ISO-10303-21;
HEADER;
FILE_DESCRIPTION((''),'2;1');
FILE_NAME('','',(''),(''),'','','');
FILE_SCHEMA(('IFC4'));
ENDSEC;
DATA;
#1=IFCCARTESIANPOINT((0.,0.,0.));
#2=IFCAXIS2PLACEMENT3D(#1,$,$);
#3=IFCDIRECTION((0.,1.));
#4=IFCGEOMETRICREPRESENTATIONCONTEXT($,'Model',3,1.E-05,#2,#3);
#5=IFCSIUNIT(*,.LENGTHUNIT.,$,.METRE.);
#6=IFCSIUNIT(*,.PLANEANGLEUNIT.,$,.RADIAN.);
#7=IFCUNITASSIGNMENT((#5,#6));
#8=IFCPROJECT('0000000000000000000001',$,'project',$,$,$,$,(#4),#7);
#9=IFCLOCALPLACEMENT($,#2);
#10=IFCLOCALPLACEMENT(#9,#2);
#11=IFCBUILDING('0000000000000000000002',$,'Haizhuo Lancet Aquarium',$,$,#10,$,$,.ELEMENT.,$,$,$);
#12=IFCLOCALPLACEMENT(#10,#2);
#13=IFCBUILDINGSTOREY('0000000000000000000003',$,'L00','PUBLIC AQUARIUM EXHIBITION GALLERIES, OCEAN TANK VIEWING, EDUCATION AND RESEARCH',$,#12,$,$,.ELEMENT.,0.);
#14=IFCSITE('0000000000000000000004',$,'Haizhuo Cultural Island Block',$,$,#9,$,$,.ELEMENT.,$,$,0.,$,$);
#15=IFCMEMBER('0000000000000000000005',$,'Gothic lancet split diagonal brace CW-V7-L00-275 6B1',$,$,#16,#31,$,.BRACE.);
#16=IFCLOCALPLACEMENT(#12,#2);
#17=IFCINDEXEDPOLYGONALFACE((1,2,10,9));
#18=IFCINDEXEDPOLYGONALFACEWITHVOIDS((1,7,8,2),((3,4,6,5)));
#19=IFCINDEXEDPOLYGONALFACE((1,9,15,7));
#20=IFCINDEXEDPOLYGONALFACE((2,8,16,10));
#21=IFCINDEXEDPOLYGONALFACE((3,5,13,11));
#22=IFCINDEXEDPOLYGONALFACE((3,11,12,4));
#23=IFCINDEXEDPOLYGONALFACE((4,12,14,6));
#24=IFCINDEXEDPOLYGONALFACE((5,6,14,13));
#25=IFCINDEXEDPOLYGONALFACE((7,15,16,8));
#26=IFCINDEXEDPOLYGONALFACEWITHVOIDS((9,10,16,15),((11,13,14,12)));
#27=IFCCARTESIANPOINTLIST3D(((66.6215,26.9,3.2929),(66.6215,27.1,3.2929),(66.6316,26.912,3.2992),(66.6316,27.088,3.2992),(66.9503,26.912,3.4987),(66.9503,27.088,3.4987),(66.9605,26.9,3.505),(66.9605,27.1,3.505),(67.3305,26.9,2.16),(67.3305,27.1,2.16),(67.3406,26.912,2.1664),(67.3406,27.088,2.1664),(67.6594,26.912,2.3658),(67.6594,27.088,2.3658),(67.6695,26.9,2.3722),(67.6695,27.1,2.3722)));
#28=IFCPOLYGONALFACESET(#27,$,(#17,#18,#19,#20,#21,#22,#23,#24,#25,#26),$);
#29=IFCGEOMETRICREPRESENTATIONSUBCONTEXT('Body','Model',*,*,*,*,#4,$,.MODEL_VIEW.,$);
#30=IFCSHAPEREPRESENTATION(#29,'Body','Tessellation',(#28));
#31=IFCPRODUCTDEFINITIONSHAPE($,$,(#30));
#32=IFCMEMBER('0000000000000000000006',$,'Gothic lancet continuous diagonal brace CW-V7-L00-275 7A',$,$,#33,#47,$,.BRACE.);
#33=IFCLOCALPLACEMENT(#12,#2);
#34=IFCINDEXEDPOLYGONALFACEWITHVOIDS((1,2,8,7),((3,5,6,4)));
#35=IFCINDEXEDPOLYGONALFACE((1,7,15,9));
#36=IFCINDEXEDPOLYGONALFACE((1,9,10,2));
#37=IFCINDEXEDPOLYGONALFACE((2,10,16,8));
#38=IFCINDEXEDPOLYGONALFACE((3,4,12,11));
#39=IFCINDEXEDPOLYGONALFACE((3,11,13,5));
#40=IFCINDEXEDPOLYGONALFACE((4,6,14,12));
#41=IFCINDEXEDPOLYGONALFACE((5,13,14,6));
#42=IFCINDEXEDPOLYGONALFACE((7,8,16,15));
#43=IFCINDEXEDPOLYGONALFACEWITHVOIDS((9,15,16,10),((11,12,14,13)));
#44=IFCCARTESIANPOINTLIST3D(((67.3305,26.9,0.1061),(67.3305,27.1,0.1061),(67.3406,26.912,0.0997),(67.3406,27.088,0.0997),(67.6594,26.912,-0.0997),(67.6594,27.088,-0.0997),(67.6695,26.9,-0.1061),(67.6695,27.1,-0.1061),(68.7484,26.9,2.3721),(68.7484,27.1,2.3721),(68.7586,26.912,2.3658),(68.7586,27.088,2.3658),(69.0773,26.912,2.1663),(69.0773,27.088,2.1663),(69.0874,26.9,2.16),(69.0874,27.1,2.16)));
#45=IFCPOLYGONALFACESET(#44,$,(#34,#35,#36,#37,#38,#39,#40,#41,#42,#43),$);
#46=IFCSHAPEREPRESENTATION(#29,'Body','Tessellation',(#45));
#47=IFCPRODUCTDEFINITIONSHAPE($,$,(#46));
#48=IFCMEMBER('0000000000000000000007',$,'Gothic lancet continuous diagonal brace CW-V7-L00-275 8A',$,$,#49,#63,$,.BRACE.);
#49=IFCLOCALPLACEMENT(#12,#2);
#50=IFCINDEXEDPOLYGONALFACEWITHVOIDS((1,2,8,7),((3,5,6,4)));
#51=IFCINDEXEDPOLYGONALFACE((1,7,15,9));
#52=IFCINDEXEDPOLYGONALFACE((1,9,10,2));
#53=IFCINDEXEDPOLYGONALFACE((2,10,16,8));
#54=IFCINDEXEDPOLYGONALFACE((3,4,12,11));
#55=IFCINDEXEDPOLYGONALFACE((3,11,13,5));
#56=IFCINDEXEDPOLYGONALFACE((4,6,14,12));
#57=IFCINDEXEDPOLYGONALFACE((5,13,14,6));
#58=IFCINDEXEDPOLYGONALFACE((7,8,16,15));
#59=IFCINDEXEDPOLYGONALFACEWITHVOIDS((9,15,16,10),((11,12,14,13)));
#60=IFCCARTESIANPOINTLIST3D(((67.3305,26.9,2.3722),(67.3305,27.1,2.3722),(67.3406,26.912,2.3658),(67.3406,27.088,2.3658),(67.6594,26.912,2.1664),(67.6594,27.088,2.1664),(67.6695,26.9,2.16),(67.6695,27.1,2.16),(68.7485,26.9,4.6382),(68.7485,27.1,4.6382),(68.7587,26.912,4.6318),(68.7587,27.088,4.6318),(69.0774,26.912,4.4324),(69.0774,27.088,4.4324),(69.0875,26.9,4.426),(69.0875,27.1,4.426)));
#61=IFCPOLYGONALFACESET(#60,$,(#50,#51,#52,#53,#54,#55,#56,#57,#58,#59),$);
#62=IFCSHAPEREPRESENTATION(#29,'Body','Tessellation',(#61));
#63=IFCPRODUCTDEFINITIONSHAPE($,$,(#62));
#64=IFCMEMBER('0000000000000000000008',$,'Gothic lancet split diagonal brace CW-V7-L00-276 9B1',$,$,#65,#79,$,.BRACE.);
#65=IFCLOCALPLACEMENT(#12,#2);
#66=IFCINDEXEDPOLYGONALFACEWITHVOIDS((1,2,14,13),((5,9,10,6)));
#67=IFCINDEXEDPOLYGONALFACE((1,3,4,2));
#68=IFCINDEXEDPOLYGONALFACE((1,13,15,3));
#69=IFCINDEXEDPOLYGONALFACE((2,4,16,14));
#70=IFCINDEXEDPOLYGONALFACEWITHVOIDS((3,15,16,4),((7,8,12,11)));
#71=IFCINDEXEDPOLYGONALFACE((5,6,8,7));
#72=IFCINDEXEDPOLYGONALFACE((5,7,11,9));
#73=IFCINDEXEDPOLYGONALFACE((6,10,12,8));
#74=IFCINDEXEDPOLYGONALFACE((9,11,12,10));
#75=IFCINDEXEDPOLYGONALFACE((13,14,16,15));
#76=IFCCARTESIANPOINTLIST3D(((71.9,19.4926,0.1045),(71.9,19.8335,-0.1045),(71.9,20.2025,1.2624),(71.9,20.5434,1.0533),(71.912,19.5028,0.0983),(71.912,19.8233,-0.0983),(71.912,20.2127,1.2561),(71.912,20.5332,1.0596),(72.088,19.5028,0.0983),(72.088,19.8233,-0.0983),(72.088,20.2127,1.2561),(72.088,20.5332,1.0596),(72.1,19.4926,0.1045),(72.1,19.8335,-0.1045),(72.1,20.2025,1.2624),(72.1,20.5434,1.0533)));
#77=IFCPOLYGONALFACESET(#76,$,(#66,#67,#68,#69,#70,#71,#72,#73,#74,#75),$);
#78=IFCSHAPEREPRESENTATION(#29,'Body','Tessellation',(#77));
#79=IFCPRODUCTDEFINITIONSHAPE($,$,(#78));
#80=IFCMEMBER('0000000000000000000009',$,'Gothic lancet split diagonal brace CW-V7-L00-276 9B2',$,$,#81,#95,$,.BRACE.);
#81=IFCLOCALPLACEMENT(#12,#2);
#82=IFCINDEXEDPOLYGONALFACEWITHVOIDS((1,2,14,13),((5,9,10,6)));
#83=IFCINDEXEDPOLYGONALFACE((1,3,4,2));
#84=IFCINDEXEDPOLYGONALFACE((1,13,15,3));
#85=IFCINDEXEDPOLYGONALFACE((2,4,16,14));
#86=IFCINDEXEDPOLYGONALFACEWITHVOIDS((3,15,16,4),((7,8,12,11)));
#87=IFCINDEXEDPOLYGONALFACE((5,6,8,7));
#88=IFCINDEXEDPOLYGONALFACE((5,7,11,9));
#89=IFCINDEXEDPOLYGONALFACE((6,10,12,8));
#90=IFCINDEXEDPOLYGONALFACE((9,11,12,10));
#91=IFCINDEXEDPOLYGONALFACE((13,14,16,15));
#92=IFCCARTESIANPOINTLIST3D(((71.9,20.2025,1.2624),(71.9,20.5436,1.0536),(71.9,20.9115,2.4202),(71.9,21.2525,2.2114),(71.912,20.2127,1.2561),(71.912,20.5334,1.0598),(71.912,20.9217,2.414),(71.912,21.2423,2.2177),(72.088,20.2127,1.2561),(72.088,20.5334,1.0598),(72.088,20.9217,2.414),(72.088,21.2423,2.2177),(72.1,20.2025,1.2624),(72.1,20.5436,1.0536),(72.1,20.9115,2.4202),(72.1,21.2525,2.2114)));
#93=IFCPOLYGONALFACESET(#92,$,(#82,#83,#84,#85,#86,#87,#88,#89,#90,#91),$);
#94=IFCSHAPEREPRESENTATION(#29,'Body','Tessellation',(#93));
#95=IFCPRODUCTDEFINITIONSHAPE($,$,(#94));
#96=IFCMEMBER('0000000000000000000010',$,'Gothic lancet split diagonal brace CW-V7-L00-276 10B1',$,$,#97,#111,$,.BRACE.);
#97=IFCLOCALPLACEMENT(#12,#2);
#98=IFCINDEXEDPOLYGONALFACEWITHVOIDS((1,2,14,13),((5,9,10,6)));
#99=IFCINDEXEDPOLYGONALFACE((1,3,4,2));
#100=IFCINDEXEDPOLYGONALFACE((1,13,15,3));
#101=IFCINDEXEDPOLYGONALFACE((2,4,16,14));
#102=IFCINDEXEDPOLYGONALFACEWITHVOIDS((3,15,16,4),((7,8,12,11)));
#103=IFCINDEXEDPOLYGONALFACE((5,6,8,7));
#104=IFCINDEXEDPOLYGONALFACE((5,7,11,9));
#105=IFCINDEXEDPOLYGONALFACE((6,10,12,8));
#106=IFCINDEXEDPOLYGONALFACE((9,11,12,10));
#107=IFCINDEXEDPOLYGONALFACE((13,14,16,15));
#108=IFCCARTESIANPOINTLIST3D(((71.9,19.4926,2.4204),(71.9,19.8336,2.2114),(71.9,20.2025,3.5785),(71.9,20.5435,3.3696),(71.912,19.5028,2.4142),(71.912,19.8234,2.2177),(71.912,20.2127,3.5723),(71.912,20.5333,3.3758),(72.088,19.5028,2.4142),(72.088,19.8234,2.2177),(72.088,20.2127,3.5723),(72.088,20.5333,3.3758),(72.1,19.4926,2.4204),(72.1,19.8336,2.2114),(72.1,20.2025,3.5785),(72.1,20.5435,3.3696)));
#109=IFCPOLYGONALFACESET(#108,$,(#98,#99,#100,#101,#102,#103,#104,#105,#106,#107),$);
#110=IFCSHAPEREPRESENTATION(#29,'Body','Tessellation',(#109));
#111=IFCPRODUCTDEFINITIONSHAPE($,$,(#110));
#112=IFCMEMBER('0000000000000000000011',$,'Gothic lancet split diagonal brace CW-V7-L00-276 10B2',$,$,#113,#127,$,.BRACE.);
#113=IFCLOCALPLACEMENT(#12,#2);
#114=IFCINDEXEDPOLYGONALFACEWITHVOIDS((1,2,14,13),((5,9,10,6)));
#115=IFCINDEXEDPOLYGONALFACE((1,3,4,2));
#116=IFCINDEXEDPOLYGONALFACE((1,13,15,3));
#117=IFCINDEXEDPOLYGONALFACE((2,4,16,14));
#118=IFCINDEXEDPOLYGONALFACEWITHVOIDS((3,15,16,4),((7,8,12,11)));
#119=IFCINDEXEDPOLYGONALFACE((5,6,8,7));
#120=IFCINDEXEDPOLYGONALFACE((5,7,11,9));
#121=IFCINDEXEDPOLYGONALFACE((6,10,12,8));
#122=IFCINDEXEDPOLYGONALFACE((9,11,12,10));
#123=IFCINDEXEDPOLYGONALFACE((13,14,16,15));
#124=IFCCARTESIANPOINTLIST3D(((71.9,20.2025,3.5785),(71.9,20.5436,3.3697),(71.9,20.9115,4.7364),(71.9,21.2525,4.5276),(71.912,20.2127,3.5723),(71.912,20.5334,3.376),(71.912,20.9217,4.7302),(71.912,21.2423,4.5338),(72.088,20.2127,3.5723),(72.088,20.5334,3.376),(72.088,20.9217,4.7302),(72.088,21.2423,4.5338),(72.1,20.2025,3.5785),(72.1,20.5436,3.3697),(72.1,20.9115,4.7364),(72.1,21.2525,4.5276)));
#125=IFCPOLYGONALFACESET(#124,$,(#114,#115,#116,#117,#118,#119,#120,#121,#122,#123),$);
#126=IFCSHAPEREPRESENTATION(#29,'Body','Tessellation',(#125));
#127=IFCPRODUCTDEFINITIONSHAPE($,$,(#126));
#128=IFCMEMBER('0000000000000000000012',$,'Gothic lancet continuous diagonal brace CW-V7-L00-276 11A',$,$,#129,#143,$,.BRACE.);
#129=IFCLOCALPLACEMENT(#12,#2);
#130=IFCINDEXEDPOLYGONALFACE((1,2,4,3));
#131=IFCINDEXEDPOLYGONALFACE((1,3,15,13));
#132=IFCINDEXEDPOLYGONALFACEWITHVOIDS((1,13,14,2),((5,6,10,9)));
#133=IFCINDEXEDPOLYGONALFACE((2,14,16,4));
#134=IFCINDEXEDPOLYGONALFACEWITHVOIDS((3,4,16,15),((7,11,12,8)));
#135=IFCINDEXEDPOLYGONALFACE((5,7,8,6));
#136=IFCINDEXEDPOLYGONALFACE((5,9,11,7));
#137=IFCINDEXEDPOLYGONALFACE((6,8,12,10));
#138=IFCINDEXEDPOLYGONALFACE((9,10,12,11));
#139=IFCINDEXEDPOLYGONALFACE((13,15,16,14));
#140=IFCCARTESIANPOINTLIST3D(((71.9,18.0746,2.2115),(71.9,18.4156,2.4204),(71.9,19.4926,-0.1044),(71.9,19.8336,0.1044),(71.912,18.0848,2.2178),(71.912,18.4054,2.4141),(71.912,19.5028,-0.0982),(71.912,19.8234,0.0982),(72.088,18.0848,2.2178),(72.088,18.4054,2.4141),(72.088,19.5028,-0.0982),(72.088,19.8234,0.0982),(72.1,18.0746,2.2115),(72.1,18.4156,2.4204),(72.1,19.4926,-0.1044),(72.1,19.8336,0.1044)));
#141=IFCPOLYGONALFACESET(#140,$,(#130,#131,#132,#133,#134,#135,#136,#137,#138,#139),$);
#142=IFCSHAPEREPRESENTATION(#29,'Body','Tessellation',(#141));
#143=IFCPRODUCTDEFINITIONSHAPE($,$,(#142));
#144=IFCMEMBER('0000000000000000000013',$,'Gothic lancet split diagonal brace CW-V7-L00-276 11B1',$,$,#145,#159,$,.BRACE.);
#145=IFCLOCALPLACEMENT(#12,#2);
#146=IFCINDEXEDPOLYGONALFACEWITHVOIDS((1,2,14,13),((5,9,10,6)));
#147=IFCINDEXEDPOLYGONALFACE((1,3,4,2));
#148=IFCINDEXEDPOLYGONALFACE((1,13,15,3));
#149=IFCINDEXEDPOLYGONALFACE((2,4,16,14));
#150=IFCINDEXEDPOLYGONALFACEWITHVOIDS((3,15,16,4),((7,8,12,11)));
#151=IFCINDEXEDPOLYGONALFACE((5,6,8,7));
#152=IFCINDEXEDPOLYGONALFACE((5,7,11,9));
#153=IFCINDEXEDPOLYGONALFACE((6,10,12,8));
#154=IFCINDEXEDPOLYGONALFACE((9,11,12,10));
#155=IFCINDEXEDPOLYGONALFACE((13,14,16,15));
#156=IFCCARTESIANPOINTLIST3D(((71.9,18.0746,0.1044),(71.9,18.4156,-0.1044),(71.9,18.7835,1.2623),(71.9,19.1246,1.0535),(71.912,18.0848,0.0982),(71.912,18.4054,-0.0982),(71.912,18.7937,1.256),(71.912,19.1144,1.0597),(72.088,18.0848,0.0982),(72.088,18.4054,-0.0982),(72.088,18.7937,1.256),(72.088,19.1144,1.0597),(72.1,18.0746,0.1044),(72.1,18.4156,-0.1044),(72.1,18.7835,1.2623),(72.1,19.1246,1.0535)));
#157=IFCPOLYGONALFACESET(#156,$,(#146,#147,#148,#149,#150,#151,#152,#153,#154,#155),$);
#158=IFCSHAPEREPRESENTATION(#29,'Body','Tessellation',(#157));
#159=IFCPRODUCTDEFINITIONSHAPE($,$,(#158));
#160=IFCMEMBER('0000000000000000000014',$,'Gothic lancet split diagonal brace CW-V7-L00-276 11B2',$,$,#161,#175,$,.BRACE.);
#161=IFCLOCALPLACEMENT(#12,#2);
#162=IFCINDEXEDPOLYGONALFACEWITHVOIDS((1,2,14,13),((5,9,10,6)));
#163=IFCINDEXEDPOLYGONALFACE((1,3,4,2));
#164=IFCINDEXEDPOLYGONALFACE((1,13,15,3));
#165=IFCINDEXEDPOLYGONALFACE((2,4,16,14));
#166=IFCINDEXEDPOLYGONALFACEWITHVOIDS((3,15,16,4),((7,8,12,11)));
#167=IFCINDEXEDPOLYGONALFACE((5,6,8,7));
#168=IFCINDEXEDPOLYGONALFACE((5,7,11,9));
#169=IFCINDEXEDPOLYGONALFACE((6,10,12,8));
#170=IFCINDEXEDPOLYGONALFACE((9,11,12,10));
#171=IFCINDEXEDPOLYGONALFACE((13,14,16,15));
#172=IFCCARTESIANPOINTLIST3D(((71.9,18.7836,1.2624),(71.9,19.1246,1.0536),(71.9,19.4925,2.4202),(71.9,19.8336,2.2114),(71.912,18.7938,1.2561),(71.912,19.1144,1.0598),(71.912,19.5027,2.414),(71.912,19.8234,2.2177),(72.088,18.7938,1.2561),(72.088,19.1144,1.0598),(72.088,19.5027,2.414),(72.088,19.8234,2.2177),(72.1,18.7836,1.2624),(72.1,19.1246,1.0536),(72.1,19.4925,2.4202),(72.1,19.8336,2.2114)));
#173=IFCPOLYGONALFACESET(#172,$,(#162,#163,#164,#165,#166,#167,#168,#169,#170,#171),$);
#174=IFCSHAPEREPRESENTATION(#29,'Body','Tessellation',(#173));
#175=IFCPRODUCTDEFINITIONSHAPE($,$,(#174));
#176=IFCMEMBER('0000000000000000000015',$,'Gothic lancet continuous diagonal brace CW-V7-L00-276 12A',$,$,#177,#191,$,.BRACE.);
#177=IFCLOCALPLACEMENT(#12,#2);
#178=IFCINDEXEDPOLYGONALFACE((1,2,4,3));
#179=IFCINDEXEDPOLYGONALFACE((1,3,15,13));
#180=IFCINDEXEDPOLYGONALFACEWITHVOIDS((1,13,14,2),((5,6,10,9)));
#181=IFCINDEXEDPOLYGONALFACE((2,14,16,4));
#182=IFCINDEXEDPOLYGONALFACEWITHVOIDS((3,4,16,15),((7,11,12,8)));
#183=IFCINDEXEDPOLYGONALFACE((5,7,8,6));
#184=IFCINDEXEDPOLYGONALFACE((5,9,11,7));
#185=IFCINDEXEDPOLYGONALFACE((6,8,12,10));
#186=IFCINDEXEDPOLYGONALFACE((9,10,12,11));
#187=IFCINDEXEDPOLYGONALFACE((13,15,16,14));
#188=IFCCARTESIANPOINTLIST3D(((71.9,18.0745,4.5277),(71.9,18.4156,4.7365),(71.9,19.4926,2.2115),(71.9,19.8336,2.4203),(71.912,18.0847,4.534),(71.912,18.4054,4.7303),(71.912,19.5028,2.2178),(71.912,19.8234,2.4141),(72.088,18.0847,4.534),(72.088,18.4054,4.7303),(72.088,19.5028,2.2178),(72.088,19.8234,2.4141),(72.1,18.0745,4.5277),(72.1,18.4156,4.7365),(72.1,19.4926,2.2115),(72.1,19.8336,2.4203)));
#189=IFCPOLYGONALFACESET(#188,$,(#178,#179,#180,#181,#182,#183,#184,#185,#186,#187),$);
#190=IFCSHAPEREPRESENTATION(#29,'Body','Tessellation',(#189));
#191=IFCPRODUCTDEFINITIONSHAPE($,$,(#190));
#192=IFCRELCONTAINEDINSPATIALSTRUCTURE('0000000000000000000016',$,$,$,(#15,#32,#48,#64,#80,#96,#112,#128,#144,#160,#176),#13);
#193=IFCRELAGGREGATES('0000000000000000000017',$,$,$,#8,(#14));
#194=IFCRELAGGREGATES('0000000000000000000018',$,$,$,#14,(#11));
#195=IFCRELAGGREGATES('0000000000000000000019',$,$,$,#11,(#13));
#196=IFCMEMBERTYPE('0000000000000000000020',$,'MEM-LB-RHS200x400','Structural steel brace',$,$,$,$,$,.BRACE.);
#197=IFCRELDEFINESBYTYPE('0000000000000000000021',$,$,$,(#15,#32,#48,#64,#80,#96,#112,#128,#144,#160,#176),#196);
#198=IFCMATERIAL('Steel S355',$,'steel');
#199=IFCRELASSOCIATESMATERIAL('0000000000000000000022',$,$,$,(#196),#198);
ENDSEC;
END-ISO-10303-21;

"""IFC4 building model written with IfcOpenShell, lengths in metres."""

from ifc_helpers import new_model, si_unit, direction, frame, origin, origin_2d, place, context, subcontext, project, spatial, hollow_rectangle, extrude, material, material_profile, profile_set, type_object, element, save


model = new_model("IFC4")

# Units and contexts
model_context = context("Model", 3, precision=1e-05, world=origin(), true_north=direction((0.0, 1.0)))
body_context = subcontext(model_context, "Body", "Model", "MODEL_VIEW")
ifc_project = project(units=[si_unit("LENGTHUNIT", "METRE"), si_unit("PLANEANGLEUNIT", "RADIAN")], contexts=[model_context])

# Site, building, storey
site_placement = place(None, origin())
site = spatial("IfcSite", under=ifc_project, at=site_placement, Name="Haizhuo Cultural Island Block", CompositionType="ELEMENT", RefElevation=0.0)
building_placement = place(site_placement, origin())
building = spatial("IfcBuilding", under=site, at=building_placement, Name="Haizhuo Lancet Aquarium", CompositionType="ELEMENT")
storey_placement = place(building_placement, origin())
storey = spatial("IfcBuildingStorey", under=building, at=storey_placement, Name="L00", Description="PUBLIC AQUARIUM EXHIBITION GALLERIES, OCEAN TANK VIEWING, EDUCATION AND RESEARCH", CompositionType="ELEMENT", Elevation=0.0)

# Members
ifc_material_1 = material(Name="Steel S355", Category="steel")
ifc_material_profile_1 = material_profile(ifc_material_1, hollow_rectangle(XDim=0.2, YDim=0.3999, WallThickness=0.012, at=origin_2d()), Name="RHS 200x400x12")
ifc_profile_set_1 = profile_set([ifc_material_profile_1], Name="Steel S355")
member_type_1 = type_object("IfcMemberType", Name="MEM-LB-RHS200x400", Description="Structural steel brace", PredefinedType="BRACE", material=ifc_profile_set_1)
member_1_placement = place(storey_placement, frame((67.5, 27.0, 2.2661), z_axis=(-0.530524, 0.0, 0.84767), x_axis=(0.0, -1.0, 0.0)))
element("IfcMember", 1, at=member_1_placement, inside=storey, type_object=member_type_1, Name="Gothic lancet split diagonal brace CW-V7-L00-275 6B1", PredefinedType="BRACE", context=body_context, shape_type="SweptSolid", body=[
    extrude(hollow_rectangle(XDim=0.2, YDim=0.3999, WallThickness=0.012, at=origin_2d()), origin(), (0.0, 0.0, 1.0), 1.3364),
])
for number, where, z_axis, x_axis, name in (
    (2, (67.5, 27.0, 0.0), (0.530442, 0.0, 0.847721), (0.0, 1.0, 0.0), "Gothic lancet continuous diagonal brace CW-V7-L00-275 7A"),
    (3, (67.5, 27.0, 2.2661), (0.530483, 0.0, 0.847695), (0.0, 1.0, 0.0), "Gothic lancet continuous diagonal brace CW-V7-L00-275 8A"),
):
    element("IfcMember", number, at=place(storey_placement, frame(where, z_axis=z_axis, x_axis=x_axis)), inside=storey, type_object=member_type_1, Name=name, PredefinedType="BRACE", context=body_context, shape_type="SweptSolid", body=[
        extrude(hollow_rectangle(XDim=0.2, YDim=0.3999, WallThickness=0.012, at=origin_2d()), origin(), (0.0, 0.0, 1.0), 2.6731),
    ])
member_2_placement = place(storey_placement, frame((72.0, 19.6631, 0.0), z_axis=(0.0, 0.522693, 0.852521), x_axis=(-1.0, 0.0, 0.0)))
element("IfcMember", 4, at=member_2_placement, inside=storey, type_object=member_type_1, Name="Gothic lancet split diagonal brace CW-V7-L00-276 9B1", PredefinedType="BRACE", context=body_context, shape_type="SweptSolid", body=[
    extrude(hollow_rectangle(XDim=0.2, YDim=0.3999, WallThickness=0.012, at=origin_2d()), origin(), (0.0, 0.0, 1.0), 1.3582),
])
member_3_placement = place(storey_placement, frame((72.0, 20.373, 1.158), z_axis=(0.0, 0.52217, 0.852841), x_axis=(-1.0, 0.0, 0.0)))
element("IfcMember", 5, at=member_3_placement, inside=storey, type_object=member_type_1, Name="Gothic lancet split diagonal brace CW-V7-L00-276 9B2", PredefinedType="BRACE", context=body_context, shape_type="SweptSolid", body=[
    extrude(hollow_rectangle(XDim=0.2, YDim=0.3999, WallThickness=0.012, at=origin_2d()), origin(), (0.0, 0.0, 1.0), 1.3577),
])
member_4_placement = place(storey_placement, frame((72.0, 19.6631, 2.3159), z_axis=(0.0, 0.522613, 0.85257), x_axis=(-1.0, 0.0, 0.0)))
element("IfcMember", 6, at=member_4_placement, inside=storey, type_object=member_type_1, Name="Gothic lancet split diagonal brace CW-V7-L00-276 10B1", PredefinedType="BRACE", context=body_context, shape_type="SweptSolid", body=[
    extrude(hollow_rectangle(XDim=0.2, YDim=0.3999, WallThickness=0.012, at=origin_2d()), origin(), (0.0, 0.0, 1.0), 1.3584),
])
member_5_placement = place(storey_placement, frame((72.0, 20.373, 3.4741), z_axis=(0.0, 0.52217, 0.852841), x_axis=(-1.0, 0.0, 0.0)))
element("IfcMember", 7, at=member_5_placement, inside=storey, type_object=member_type_1, Name="Gothic lancet split diagonal brace CW-V7-L00-276 10B2", PredefinedType="BRACE", context=body_context, shape_type="SweptSolid", body=[
    extrude(hollow_rectangle(XDim=0.2, YDim=0.3999, WallThickness=0.012, at=origin_2d()), origin(), (0.0, 0.0, 1.0), 1.3577),
])
member_6_placement = place(storey_placement, frame((72.0, 19.6631, 0.0), z_axis=(0.0, -0.52217, 0.852841), x_axis=(1.0, 0.0, 0.0)))
element("IfcMember", 8, at=member_6_placement, inside=storey, type_object=member_type_1, Name="Gothic lancet continuous diagonal brace CW-V7-L00-276 11A", PredefinedType="BRACE", context=body_context, shape_type="SweptSolid", body=[
    extrude(hollow_rectangle(XDim=0.2, YDim=0.3999, WallThickness=0.012, at=origin_2d()), origin(), (0.0, 0.0, 1.0), 2.7156),
])
for number, where, z_axis, x_axis, name in (
    (9, (72.0, 18.2451, 0.0), (0.0, 0.52217, 0.852841), (-1.0, 0.0, 0.0), "Gothic lancet split diagonal brace CW-V7-L00-276 11B1"),
    (10, (72.0, 18.9541, 1.158), (0.0, 0.52217, 0.852841), (-1.0, 0.0, 0.0), "Gothic lancet split diagonal brace CW-V7-L00-276 11B2"),
):
    element("IfcMember", number, at=place(storey_placement, frame(where, z_axis=z_axis, x_axis=x_axis)), inside=storey, type_object=member_type_1, Name=name, PredefinedType="BRACE", context=body_context, shape_type="SweptSolid", body=[
        extrude(hollow_rectangle(XDim=0.2, YDim=0.3999, WallThickness=0.012, at=origin_2d()), origin(), (0.0, 0.0, 1.0), 1.3577),
    ])
member_7_placement = place(storey_placement, frame((72.0, 19.6631, 2.3159), z_axis=(0.0, -0.52213, 0.852866), x_axis=(1.0, 0.0, 0.0)))
element("IfcMember", 11, at=member_7_placement, inside=storey, type_object=member_type_1, Name="Gothic lancet continuous diagonal brace CW-V7-L00-276 12A", PredefinedType="BRACE", context=body_context, shape_type="SweptSolid", body=[
    extrude(hollow_rectangle(XDim=0.2, YDim=0.3999, WallThickness=0.012, at=origin_2d()), origin(), (0.0, 0.0, 1.0), 2.7158),
])

save(model, "model.ifc")
